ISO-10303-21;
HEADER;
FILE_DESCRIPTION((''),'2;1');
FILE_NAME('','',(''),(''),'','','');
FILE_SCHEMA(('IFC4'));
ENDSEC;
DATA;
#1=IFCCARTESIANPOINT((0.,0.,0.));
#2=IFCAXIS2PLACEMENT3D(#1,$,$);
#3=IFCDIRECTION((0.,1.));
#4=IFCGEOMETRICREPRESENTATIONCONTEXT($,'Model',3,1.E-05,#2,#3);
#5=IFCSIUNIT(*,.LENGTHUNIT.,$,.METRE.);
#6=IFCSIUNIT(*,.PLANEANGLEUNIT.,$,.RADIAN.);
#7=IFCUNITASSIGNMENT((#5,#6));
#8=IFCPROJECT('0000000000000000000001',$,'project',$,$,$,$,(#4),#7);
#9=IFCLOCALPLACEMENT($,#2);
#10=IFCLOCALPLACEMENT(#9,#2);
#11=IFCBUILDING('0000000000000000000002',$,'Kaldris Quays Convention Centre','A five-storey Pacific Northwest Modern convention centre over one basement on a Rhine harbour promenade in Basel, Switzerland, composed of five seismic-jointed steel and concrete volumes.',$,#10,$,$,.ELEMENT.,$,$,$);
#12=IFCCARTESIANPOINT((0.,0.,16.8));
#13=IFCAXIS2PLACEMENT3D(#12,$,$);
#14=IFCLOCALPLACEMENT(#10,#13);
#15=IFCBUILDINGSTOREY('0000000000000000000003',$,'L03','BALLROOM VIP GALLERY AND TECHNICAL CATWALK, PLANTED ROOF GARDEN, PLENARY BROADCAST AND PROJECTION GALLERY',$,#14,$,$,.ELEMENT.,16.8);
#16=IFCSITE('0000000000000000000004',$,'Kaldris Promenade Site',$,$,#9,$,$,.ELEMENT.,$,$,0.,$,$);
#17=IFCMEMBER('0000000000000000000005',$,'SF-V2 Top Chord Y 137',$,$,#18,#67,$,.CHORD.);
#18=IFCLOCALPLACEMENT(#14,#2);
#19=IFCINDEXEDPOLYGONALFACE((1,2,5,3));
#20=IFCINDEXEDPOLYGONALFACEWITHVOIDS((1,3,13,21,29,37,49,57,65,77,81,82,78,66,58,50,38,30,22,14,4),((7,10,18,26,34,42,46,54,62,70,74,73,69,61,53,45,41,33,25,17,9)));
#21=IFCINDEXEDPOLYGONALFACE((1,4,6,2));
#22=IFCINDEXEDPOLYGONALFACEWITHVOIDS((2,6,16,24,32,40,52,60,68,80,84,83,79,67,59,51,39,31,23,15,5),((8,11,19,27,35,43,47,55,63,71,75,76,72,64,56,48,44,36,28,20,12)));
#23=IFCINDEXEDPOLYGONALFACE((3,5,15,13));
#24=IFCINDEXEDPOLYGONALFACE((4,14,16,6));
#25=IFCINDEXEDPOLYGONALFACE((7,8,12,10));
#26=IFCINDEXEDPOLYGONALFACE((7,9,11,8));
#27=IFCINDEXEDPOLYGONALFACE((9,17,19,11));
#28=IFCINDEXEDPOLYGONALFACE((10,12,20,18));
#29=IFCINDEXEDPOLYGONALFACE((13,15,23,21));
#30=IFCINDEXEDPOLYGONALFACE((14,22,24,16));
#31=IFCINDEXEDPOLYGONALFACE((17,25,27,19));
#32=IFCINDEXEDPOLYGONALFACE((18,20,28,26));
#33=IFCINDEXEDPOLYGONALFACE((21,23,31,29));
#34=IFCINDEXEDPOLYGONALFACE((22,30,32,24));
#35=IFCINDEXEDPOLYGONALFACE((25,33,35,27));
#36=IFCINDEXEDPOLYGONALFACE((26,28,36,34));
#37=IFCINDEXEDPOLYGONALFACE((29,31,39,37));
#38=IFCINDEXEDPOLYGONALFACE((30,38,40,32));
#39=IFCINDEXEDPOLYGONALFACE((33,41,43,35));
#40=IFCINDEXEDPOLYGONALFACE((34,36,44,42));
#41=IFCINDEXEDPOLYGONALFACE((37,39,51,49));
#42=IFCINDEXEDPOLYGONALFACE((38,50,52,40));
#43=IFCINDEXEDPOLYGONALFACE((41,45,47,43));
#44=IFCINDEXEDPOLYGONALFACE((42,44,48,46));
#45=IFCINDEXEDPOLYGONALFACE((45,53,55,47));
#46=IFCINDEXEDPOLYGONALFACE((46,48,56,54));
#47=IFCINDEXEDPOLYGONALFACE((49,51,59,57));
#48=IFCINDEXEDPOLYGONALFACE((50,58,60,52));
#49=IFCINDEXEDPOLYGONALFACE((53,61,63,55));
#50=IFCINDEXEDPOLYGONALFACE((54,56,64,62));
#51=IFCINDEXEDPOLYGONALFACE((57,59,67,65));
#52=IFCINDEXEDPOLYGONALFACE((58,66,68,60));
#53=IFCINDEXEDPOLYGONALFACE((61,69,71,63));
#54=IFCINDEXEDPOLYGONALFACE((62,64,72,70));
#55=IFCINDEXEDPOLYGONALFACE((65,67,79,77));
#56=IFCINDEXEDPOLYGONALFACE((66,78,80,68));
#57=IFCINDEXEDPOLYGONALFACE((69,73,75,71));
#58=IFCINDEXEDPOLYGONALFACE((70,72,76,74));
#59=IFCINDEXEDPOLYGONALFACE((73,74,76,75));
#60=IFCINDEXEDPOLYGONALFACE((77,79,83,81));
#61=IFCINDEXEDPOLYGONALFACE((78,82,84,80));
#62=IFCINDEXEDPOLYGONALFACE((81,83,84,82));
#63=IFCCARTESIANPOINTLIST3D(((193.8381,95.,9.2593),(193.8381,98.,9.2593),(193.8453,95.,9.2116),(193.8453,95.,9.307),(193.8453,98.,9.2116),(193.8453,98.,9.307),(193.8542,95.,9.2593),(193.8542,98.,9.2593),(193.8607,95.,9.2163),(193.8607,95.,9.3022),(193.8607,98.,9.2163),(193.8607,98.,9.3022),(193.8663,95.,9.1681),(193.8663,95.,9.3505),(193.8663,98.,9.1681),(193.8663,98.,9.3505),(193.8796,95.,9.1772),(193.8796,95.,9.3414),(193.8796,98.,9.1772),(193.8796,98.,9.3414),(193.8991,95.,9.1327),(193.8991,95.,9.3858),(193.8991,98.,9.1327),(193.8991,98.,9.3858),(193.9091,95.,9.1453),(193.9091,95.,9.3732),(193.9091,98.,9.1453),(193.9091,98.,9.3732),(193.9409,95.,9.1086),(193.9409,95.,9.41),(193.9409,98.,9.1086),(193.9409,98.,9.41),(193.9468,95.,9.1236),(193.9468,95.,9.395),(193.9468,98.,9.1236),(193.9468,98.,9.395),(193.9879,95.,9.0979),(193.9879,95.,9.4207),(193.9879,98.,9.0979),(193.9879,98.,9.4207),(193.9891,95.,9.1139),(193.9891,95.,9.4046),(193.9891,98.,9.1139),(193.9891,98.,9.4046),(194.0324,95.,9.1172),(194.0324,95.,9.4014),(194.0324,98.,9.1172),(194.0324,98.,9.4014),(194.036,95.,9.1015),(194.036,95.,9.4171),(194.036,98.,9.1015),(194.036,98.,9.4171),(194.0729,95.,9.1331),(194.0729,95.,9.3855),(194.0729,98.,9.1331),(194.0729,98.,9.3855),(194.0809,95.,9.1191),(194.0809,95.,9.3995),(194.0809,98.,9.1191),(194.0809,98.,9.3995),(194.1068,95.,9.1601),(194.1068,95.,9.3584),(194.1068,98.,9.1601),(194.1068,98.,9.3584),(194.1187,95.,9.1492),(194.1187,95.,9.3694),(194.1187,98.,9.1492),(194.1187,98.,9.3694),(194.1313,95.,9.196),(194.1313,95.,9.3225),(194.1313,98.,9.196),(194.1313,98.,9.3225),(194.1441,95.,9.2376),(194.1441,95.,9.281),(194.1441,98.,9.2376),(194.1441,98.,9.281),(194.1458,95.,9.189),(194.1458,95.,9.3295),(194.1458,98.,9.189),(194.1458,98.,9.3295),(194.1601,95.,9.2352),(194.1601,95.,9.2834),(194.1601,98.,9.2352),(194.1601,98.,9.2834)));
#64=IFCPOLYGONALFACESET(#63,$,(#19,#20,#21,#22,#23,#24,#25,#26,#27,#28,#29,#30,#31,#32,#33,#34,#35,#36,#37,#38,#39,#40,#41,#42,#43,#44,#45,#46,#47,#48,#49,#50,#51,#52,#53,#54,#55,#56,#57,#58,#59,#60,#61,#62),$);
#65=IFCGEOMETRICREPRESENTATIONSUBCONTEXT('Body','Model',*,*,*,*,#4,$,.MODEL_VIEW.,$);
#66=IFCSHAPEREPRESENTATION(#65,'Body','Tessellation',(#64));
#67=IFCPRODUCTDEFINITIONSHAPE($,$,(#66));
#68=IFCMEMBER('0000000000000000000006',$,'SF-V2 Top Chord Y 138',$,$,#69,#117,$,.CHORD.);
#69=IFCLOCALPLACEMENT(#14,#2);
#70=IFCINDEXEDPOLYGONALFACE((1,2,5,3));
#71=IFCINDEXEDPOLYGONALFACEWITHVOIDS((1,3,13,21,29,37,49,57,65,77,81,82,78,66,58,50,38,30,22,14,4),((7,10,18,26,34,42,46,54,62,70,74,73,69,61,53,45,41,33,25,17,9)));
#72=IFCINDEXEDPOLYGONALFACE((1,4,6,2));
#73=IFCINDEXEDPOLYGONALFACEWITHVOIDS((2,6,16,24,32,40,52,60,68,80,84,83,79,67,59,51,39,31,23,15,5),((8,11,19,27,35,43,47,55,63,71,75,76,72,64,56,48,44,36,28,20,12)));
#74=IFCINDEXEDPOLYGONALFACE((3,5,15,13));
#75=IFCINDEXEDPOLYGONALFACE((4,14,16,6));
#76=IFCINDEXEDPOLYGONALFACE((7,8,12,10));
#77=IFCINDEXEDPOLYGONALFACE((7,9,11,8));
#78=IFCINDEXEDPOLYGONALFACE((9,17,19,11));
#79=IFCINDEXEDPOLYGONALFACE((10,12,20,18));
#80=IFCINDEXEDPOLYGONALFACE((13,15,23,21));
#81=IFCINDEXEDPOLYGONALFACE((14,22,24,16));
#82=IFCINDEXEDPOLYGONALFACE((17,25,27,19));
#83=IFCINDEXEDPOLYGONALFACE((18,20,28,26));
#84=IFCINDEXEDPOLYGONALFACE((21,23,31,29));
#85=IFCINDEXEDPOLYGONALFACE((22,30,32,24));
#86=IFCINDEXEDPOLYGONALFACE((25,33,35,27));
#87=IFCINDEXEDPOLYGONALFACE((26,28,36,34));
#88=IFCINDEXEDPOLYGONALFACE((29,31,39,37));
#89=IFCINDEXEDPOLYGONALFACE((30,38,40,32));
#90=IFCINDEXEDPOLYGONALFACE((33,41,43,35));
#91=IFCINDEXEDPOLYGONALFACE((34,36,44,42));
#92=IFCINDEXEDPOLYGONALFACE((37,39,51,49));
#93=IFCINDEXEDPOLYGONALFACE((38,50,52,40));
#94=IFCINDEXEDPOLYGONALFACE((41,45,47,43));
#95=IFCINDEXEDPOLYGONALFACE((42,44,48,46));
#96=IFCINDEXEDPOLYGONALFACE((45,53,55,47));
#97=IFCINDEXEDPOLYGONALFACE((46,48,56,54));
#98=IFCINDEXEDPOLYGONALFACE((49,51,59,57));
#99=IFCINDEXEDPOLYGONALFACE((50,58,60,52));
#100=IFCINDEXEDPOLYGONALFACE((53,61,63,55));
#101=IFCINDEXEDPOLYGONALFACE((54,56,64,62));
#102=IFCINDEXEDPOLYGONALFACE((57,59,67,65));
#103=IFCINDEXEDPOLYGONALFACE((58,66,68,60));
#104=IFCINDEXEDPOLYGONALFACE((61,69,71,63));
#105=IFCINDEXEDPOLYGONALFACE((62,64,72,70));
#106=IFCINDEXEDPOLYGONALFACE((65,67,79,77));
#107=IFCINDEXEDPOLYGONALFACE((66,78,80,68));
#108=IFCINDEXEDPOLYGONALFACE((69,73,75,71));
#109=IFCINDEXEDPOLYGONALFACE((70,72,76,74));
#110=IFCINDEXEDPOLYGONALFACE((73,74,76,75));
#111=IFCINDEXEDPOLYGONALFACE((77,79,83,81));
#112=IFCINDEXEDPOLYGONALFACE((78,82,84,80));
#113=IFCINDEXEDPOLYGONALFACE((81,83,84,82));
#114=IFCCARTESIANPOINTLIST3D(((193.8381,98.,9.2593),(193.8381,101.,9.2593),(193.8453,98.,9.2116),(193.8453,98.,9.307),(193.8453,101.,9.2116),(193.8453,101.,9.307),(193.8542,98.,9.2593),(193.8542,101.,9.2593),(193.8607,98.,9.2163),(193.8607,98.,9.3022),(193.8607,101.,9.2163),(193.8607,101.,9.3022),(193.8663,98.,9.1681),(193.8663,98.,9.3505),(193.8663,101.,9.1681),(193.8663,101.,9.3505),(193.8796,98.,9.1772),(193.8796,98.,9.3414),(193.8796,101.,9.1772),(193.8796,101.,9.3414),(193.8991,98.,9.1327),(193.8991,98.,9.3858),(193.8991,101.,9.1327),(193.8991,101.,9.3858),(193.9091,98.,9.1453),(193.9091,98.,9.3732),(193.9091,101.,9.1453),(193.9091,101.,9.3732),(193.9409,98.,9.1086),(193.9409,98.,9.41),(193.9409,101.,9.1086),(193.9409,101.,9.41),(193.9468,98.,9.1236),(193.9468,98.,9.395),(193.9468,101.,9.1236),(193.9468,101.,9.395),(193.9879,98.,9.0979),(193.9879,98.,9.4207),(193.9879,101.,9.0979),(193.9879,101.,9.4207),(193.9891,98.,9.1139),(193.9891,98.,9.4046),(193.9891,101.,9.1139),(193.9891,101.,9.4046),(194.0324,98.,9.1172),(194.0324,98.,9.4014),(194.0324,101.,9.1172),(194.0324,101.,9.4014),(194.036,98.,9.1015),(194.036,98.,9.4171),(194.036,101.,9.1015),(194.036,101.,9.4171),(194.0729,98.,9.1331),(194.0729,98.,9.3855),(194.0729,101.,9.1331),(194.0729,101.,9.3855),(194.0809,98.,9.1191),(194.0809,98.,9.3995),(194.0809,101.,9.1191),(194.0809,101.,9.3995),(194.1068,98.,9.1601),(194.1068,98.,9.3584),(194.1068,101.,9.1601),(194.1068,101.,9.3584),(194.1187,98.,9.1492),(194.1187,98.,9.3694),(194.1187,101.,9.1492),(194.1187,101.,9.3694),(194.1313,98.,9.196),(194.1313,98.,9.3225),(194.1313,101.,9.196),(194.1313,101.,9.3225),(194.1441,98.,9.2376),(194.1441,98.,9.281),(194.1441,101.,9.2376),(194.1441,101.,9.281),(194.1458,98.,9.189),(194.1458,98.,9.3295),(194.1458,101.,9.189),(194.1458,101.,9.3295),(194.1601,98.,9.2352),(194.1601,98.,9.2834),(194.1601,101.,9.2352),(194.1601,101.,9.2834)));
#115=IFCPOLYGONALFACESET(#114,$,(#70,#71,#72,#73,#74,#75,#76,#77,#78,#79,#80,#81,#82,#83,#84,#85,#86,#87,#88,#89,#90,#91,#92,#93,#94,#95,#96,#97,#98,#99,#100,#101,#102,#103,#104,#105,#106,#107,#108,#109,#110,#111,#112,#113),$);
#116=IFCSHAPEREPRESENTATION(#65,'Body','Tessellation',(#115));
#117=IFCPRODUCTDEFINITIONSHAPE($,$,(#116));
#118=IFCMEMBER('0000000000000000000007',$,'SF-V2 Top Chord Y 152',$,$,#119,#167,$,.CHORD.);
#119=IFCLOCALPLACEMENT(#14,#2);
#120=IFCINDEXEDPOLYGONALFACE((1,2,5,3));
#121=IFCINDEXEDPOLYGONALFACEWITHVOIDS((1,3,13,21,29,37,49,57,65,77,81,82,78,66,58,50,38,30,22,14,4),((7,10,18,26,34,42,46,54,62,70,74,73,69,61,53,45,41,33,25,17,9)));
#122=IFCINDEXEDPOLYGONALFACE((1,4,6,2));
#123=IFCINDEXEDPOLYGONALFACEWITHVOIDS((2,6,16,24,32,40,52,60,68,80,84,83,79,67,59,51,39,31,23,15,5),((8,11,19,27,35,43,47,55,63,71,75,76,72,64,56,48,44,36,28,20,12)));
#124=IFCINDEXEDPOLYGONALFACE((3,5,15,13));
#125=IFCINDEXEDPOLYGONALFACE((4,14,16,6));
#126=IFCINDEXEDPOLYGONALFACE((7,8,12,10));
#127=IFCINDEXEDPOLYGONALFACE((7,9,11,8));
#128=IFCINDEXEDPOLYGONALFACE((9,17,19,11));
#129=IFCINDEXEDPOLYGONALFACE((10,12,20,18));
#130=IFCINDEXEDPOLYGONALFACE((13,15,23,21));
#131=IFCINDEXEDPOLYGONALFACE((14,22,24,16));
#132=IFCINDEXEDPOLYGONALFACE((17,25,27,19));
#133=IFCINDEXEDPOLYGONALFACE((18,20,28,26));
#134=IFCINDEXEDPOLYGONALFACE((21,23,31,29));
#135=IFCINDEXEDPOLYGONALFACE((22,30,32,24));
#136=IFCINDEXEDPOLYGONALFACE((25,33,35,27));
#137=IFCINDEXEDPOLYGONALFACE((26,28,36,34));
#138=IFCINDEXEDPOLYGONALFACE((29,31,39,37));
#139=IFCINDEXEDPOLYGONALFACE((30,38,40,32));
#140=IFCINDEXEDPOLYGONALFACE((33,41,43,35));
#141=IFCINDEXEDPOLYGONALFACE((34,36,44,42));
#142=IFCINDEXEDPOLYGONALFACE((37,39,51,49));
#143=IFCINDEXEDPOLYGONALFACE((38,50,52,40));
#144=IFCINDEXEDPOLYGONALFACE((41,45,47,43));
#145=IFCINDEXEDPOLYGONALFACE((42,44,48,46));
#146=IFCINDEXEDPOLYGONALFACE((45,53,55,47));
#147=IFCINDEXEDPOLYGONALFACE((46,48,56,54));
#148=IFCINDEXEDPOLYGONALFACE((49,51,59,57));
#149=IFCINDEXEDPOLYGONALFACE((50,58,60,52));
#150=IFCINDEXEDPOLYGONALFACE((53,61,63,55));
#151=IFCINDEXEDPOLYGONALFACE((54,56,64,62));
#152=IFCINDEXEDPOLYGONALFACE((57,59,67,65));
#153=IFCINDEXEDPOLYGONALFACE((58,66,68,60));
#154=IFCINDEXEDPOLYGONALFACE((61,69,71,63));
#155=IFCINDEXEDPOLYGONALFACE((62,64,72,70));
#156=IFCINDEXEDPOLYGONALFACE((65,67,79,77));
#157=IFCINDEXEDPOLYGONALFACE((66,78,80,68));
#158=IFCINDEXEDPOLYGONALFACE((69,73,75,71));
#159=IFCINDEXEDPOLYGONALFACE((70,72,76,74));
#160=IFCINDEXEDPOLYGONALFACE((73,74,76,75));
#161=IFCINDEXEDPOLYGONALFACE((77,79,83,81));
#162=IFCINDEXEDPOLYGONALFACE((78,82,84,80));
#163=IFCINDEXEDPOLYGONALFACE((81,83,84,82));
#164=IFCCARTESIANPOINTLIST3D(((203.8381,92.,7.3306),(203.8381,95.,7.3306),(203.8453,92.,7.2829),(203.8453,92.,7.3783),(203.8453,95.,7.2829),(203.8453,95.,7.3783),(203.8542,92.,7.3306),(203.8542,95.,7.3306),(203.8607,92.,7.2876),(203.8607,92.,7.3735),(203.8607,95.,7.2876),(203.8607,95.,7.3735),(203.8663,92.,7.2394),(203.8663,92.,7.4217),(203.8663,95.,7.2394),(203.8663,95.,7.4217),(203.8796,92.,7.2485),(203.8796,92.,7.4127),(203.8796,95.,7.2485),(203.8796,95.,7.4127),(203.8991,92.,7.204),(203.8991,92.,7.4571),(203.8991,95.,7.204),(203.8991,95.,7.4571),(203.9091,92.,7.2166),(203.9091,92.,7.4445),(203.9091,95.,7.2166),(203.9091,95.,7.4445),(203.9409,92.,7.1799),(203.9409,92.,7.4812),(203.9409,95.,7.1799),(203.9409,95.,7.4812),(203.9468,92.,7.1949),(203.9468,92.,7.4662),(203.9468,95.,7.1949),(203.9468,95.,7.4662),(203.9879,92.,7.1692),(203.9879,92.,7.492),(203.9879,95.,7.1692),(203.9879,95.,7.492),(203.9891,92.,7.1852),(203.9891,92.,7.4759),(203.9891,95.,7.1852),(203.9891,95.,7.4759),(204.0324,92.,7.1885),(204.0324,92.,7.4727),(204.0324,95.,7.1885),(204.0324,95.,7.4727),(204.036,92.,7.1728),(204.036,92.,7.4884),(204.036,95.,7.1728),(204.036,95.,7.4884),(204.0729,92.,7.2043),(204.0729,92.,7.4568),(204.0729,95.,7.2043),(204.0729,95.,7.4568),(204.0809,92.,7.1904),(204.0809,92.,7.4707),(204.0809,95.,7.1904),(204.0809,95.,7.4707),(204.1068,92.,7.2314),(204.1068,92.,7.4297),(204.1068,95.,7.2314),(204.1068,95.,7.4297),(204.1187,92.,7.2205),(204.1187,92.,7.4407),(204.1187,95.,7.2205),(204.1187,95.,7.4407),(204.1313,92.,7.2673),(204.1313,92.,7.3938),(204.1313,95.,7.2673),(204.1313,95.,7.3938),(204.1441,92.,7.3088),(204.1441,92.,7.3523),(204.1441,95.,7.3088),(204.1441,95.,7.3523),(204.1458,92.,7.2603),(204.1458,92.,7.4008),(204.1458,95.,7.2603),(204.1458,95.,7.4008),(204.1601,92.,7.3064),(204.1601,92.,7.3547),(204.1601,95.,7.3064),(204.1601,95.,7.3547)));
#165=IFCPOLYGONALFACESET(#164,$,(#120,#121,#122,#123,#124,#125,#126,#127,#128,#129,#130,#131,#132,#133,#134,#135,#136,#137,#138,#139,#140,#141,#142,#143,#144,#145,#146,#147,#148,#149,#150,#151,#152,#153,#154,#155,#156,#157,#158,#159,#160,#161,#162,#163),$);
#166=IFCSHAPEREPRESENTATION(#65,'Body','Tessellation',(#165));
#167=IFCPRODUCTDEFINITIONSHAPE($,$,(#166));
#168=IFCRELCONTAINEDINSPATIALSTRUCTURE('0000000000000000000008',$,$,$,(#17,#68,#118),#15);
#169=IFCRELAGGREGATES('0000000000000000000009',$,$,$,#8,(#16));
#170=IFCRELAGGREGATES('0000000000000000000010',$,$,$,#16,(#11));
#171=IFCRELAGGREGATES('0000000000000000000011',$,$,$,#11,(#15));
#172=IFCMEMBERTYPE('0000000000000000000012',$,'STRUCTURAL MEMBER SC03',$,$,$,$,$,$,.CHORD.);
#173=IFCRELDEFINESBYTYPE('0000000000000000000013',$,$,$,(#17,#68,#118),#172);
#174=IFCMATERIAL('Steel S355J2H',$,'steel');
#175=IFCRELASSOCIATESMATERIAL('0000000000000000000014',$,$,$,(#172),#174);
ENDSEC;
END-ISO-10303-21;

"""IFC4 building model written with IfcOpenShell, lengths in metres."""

from ifc_helpers import new_model, si_unit, direction, frame, origin, origin_2d, place, context, subcontext, project, spatial, hollow_circle, extrude, material, material_profile, profile_set, type_object, element, save


model = new_model("IFC4")

# Units and contexts
model_context = context("Model", 3, precision=1e-05, world=origin(), true_north=direction((0.0, 1.0)))
body_context = subcontext(model_context, "Body", "Model", "MODEL_VIEW")
ifc_project = project(units=[si_unit("LENGTHUNIT", "METRE"), si_unit("PLANEANGLEUNIT", "RADIAN")], contexts=[model_context])

# Site, building, storey
site_placement = place(None, origin())
site = spatial("IfcSite", under=ifc_project, at=site_placement, Name="Kaldris Promenade Site", CompositionType="ELEMENT", RefElevation=0.0)
building_placement = place(site_placement, origin())
building = spatial("IfcBuilding", under=site, at=building_placement, Name="Kaldris Quays Convention Centre", Description="A five-storey Pacific Northwest Modern convention centre over one basement on a Rhine harbour promenade in Basel, Switzerland, composed of five seismic-jointed steel and concrete volumes.", CompositionType="ELEMENT")
storey_placement = place(building_placement, frame((0.0, 0.0, 16.8)))
storey = spatial("IfcBuildingStorey", under=building, at=storey_placement, Name="L03", Description="BALLROOM VIP GALLERY AND TECHNICAL CATWALK, PLANTED ROOF GARDEN, PLENARY BROADCAST AND PROJECTION GALLERY", CompositionType="ELEMENT", Elevation=16.8)

# Members
ifc_material_1 = material(Name="Steel S355J2H", Category="steel")
ifc_material_profile_1 = material_profile(ifc_material_1, hollow_circle(Radius=0.1619, WallThickness=0.0161, at=origin_2d()), Name="CHS 323.9x16")
ifc_profile_set_1 = profile_set([ifc_material_profile_1], Name="Steel S355J2H")
member_type_1 = type_object("IfcMemberType", Name="STRUCTURAL MEMBER SC03", PredefinedType="CHORD", material=ifc_profile_set_1)
for number, where, z_axis, x_axis, name in (
    (1, (194.0, 95.0, 9.2593), (0.0, 1.0, 0.0), (-1.0, 0.0, 0.0), "SF-V2 Top Chord Y 137"),
    (2, (194.0, 98.0, 9.2593), (0.0, 1.0, 0.0), (-1.0, 0.0, 0.0), "SF-V2 Top Chord Y 138"),
    (3, (204.0, 92.0, 7.3306), (0.0, 1.0, 0.0), (-1.0, 0.0, 0.0), "SF-V2 Top Chord Y 152"),
):
    element("IfcMember", number, at=place(storey_placement, frame(where, z_axis=z_axis, x_axis=x_axis)), inside=storey, type_object=member_type_1, Name=name, PredefinedType="CHORD", context=body_context, shape_type="SweptSolid", body=[
        extrude(hollow_circle(Radius=0.1619, WallThickness=0.0161, at=origin_2d()), origin(), (0.0, 0.0, 1.0), 3.0),
    ])

save(model, "model.ifc")
